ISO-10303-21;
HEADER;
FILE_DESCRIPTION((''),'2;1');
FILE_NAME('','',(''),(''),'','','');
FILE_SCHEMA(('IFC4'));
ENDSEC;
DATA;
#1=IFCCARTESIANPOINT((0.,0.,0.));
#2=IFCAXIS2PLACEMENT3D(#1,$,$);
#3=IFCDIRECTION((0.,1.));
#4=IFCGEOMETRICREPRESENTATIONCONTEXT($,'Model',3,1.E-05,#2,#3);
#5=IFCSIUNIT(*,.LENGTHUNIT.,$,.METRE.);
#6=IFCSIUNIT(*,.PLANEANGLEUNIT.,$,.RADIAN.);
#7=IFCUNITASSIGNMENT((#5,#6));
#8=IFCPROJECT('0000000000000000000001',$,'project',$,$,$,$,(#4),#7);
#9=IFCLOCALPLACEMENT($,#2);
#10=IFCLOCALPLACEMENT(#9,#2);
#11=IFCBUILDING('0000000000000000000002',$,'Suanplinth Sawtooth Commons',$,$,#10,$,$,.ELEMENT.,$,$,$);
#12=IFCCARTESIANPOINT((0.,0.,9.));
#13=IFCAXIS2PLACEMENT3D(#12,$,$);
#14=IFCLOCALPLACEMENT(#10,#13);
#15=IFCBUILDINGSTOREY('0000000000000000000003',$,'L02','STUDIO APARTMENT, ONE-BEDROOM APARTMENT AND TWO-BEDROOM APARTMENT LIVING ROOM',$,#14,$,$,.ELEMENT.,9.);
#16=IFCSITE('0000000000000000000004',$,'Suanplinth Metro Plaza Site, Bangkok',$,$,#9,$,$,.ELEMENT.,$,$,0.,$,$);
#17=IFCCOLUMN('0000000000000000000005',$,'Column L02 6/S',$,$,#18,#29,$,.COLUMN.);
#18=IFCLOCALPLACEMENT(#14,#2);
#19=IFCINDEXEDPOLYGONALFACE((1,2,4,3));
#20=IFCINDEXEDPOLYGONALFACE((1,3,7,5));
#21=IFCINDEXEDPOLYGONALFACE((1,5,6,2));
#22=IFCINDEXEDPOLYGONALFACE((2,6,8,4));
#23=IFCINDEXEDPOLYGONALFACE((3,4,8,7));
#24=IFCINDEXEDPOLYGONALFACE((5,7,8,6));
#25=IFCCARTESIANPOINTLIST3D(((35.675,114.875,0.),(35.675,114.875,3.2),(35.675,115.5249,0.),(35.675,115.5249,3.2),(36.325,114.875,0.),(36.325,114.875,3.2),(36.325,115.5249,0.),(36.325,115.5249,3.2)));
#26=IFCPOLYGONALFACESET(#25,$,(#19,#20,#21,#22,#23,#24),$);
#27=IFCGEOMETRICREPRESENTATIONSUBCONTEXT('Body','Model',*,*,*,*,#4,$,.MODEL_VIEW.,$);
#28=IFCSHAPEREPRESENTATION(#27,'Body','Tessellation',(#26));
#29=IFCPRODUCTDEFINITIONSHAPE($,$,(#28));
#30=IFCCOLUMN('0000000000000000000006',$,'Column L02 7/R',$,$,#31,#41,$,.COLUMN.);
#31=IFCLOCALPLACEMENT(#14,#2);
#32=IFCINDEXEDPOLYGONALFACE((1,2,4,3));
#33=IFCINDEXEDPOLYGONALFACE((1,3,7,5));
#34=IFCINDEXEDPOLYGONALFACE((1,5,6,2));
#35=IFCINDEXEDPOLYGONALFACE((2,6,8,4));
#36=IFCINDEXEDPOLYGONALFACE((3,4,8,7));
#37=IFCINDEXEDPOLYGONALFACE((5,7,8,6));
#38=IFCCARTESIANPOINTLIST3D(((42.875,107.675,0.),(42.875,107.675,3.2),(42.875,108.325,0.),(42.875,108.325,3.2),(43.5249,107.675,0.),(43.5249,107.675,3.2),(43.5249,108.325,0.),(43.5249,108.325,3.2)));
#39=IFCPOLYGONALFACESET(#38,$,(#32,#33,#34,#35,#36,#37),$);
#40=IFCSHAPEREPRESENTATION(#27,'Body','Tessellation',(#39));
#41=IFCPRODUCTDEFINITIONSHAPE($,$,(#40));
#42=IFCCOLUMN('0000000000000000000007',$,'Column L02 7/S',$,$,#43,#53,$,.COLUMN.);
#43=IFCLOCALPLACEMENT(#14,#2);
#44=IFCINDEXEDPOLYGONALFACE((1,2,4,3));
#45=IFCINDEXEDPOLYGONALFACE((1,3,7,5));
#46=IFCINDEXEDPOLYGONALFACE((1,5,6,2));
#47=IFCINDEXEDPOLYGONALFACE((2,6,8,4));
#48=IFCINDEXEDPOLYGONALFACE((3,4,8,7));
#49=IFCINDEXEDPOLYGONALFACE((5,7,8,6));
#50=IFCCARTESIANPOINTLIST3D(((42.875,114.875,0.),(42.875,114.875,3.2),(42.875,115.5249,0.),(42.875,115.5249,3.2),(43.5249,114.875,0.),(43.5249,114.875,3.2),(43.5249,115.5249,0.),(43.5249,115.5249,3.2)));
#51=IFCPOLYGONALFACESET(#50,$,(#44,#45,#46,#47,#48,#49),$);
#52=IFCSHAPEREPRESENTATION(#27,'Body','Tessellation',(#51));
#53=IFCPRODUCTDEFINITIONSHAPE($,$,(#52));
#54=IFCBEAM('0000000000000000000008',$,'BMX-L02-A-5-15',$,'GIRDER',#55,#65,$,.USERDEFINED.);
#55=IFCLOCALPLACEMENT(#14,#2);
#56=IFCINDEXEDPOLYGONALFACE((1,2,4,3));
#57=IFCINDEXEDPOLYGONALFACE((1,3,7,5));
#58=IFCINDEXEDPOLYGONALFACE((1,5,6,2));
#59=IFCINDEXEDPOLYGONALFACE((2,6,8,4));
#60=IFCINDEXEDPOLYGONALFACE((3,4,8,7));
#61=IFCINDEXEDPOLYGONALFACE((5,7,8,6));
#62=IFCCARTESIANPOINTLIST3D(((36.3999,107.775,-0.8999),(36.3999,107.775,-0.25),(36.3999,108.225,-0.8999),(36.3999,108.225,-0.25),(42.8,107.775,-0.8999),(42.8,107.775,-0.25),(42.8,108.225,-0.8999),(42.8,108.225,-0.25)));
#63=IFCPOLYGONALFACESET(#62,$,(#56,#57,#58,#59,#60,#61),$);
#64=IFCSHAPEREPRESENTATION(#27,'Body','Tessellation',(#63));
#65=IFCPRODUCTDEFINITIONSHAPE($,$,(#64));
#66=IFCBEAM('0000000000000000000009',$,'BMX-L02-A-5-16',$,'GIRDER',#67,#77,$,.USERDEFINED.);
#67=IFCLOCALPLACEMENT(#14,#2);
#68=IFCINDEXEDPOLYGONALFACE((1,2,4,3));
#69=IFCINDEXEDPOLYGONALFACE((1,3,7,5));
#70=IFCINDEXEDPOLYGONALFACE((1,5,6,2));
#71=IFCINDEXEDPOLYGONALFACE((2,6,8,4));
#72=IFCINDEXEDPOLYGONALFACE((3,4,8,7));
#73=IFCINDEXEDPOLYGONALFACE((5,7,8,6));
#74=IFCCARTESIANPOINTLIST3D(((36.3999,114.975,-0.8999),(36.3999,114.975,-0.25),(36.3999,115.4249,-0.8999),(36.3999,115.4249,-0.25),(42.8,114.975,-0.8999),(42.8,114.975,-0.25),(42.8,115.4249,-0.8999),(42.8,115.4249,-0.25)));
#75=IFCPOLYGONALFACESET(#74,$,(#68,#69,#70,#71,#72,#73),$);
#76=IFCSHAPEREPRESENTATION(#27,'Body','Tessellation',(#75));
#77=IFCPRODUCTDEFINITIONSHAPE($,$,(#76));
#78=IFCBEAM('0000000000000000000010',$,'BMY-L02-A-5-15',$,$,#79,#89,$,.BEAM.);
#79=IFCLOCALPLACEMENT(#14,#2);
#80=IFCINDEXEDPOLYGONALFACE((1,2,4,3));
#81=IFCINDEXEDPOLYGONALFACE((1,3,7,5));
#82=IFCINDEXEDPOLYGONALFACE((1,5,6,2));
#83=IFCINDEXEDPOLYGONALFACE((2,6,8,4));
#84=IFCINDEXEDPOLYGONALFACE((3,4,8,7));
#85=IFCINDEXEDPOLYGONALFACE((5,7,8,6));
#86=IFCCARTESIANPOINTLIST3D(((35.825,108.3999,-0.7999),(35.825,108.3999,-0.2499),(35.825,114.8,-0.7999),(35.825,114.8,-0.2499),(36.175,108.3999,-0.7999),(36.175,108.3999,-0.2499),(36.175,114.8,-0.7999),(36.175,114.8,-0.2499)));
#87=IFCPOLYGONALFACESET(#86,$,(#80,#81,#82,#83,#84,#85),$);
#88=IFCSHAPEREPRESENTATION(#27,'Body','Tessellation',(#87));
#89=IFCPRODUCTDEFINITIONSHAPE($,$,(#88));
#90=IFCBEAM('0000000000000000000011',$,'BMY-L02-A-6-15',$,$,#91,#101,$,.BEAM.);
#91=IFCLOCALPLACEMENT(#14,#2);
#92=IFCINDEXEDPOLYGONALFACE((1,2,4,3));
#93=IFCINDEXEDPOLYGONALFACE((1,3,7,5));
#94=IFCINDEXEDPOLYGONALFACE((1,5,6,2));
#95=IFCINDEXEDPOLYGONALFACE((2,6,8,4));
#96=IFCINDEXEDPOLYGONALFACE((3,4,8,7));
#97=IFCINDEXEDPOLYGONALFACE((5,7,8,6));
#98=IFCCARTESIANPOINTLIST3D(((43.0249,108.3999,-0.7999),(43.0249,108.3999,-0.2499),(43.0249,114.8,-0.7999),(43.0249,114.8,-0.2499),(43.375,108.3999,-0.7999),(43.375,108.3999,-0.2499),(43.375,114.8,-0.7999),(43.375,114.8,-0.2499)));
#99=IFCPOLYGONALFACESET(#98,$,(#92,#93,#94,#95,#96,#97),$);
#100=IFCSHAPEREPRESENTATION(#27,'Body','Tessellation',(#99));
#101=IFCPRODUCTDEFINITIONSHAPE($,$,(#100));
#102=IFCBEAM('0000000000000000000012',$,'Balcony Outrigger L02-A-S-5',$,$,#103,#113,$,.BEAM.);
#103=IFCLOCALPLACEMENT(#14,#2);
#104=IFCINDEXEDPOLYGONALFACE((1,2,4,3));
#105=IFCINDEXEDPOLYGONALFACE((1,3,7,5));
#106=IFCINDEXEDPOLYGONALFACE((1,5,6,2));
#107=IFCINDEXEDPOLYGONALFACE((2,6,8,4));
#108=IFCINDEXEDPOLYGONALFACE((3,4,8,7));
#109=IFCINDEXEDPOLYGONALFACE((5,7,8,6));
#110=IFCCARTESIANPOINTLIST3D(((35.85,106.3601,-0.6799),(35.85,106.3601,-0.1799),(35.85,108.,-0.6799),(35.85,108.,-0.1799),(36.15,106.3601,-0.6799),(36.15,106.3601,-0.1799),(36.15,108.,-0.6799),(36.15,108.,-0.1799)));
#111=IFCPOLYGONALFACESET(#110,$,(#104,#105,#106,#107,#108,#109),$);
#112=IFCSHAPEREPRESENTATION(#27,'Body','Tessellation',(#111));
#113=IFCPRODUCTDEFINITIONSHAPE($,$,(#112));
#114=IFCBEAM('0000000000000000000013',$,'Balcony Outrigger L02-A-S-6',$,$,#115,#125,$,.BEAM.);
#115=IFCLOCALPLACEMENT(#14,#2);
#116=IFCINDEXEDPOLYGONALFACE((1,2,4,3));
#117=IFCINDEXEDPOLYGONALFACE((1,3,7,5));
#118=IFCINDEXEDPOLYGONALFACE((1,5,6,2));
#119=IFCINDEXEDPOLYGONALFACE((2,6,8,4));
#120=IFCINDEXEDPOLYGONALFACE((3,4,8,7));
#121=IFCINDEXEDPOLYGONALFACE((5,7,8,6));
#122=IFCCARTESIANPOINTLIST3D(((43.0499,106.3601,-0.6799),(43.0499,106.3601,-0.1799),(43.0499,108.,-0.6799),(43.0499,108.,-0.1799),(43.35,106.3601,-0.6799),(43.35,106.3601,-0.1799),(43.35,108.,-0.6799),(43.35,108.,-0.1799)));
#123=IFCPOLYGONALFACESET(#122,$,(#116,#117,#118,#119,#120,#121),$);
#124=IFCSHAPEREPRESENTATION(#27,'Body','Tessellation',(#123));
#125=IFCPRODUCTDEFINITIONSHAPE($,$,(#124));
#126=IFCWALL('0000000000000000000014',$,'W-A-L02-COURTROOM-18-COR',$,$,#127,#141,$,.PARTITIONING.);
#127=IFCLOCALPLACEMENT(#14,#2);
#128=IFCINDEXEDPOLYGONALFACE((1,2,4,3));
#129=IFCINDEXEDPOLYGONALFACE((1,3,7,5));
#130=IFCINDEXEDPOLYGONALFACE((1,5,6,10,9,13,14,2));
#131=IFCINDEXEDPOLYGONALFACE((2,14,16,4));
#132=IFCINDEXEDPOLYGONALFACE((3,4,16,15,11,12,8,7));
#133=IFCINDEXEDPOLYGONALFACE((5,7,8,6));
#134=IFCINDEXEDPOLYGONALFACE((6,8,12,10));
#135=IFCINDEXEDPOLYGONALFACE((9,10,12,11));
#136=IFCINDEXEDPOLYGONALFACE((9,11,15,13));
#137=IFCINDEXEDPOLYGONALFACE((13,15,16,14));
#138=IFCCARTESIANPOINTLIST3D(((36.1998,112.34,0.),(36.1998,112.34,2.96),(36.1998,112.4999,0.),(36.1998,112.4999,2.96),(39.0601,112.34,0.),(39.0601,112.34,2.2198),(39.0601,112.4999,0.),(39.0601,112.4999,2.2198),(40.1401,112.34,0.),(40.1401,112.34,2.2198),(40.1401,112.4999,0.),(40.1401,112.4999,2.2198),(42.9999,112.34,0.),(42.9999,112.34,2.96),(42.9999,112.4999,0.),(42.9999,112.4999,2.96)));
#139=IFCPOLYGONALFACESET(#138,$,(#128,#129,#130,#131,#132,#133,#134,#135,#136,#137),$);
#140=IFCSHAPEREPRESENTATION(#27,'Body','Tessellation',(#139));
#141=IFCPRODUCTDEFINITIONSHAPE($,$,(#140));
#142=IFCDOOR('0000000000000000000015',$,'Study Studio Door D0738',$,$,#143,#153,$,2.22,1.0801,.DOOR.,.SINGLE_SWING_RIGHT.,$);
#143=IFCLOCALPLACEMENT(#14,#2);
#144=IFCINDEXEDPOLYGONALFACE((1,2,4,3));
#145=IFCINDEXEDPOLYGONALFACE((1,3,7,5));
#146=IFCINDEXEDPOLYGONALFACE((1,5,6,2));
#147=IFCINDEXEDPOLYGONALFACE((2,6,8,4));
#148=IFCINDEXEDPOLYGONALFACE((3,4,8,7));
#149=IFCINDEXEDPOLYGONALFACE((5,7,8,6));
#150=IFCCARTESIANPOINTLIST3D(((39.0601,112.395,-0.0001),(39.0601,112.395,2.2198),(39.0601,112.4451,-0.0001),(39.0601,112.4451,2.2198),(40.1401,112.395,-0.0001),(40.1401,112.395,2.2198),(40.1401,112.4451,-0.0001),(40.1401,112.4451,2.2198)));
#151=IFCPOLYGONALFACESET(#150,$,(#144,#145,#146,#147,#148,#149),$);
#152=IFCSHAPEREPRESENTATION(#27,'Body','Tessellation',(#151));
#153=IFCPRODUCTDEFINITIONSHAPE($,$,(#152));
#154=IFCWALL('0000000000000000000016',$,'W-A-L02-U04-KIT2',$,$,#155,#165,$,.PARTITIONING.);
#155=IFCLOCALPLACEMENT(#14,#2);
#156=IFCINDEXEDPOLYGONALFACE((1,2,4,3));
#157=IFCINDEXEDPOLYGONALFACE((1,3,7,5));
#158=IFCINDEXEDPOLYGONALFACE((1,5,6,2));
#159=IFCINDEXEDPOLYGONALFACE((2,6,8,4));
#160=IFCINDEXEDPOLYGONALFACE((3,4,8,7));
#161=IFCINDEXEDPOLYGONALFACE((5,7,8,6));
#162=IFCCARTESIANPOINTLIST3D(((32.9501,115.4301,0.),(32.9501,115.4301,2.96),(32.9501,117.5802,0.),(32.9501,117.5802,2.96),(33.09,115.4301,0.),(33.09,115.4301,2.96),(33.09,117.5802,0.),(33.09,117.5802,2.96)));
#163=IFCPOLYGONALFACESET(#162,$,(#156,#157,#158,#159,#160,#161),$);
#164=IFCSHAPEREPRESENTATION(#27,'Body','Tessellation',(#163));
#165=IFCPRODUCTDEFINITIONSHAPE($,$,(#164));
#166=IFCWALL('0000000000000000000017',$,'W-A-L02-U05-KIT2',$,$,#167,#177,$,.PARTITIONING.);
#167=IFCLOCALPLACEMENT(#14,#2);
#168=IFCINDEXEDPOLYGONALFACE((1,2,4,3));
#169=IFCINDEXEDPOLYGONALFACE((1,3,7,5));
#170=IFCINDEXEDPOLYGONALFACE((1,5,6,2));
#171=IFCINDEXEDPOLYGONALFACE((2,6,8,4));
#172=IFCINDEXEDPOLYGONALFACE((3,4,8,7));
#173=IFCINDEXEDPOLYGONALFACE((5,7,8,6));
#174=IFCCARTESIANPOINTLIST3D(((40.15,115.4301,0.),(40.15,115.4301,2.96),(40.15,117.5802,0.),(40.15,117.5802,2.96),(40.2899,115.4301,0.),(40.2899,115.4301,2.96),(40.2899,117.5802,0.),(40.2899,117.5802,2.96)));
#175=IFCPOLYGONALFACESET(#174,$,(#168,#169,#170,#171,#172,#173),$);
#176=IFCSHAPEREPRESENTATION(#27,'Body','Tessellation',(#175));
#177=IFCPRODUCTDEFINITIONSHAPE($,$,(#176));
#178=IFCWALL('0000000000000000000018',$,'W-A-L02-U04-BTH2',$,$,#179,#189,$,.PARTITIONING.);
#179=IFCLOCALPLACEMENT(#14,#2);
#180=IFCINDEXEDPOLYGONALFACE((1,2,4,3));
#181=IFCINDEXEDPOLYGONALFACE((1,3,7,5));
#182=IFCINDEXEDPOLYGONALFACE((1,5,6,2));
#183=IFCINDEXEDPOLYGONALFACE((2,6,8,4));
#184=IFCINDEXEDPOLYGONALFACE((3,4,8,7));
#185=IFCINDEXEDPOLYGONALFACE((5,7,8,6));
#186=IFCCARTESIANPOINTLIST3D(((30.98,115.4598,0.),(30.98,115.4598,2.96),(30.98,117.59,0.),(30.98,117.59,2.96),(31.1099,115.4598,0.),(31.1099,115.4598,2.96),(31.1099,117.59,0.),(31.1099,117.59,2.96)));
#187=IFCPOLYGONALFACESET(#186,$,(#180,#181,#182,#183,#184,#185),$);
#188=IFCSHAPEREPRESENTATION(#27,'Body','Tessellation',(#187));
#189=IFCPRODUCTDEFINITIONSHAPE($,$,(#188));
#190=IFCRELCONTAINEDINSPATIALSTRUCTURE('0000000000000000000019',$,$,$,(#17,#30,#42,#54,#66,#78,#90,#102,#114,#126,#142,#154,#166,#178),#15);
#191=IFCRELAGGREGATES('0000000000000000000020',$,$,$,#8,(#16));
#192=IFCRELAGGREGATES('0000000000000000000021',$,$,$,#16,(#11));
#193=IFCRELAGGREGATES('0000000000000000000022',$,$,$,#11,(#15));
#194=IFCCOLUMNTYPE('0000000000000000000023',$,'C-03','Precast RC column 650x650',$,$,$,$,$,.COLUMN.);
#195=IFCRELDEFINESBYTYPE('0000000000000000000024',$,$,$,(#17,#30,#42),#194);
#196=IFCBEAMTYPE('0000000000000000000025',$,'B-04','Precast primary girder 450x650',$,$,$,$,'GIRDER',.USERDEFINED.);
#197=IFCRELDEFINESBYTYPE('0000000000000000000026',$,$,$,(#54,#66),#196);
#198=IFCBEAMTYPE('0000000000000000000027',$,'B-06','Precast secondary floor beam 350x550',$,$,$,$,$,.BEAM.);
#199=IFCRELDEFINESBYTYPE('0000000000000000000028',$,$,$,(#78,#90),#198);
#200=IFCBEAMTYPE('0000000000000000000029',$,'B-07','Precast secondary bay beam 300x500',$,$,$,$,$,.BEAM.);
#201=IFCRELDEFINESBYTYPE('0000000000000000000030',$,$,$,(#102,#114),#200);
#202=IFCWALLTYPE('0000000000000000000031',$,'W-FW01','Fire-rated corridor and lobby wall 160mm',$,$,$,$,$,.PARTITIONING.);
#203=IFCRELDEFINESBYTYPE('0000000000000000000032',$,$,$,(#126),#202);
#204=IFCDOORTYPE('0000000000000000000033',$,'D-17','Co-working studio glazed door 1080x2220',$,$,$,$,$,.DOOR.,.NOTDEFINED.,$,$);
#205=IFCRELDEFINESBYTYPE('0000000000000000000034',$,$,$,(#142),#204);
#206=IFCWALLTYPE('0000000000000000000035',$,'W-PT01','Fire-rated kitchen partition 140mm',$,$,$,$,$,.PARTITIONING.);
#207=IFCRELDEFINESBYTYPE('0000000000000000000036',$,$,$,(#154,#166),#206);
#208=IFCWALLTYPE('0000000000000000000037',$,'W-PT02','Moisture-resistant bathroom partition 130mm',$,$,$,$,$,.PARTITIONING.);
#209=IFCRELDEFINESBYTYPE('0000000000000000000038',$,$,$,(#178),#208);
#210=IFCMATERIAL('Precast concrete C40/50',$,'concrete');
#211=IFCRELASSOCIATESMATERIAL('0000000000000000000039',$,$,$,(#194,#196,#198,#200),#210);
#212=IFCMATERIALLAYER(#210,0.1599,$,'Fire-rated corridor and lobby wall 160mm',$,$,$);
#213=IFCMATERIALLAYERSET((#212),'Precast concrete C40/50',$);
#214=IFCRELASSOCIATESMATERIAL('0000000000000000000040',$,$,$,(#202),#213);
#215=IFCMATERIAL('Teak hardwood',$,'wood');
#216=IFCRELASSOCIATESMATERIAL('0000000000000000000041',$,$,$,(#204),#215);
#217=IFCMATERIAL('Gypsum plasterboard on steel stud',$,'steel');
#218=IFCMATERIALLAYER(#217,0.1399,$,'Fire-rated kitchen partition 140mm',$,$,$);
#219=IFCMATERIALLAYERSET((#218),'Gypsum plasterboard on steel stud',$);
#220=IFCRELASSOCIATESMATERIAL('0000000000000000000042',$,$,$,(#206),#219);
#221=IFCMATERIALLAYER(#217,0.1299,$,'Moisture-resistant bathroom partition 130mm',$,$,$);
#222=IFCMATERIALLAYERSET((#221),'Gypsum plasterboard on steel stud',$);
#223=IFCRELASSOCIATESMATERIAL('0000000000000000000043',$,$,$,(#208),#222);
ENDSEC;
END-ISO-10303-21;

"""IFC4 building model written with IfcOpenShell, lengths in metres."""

from ifc_helpers import new_model, si_unit, direction, frame, frame_2d, origin, origin_2d, place, context, subcontext, project, spatial, rectangle, extrude, material, layer, layer_set, material_profile, profile_set, type_object, element, fill, save


model = new_model("IFC4")

# Units and contexts
model_context = context("Model", 3, precision=1e-05, world=origin(), true_north=direction((0.0, 1.0)))
body_context = subcontext(model_context, "Body", "Model", "MODEL_VIEW")
ifc_project = project(units=[si_unit("LENGTHUNIT", "METRE"), si_unit("PLANEANGLEUNIT", "RADIAN")], contexts=[model_context])

# Site, building, storey
site_placement = place(None, origin())
site = spatial("IfcSite", under=ifc_project, at=site_placement, Name="Suanplinth Metro Plaza Site, Bangkok", CompositionType="ELEMENT", RefElevation=0.0)
building_placement = place(site_placement, origin())
building = spatial("IfcBuilding", under=site, at=building_placement, Name="Suanplinth Sawtooth Commons", CompositionType="ELEMENT")
storey_placement = place(building_placement, frame((0.0, 0.0, 9.0)))
storey = spatial("IfcBuildingStorey", under=building, at=storey_placement, Name="L02", Description="STUDIO APARTMENT, ONE-BEDROOM APARTMENT AND TWO-BEDROOM APARTMENT LIVING ROOM", CompositionType="ELEMENT", Elevation=9.0)

# Columns
ifc_material_1 = material(Name="Precast concrete C40/50", Category="concrete")
ifc_material_profile_1 = material_profile(ifc_material_1, rectangle(XDim=0.6499, YDim=0.6499, at=origin_2d()), Name="PC-COL 650x650")
ifc_profile_set_1 = profile_set([ifc_material_profile_1], Name="Precast concrete C40/50")
column_type = type_object("IfcColumnType", Name="C-03", Description="Precast RC column 650x650", PredefinedType="COLUMN", material=ifc_profile_set_1)
for number, where, z_axis, x_axis, name in (
    (1, (36.0, 115.2, 0.0), (0.0, 0.0, 1.0), (1.0, 0.0, 0.0), "Column L02 6/S"),
    (2, (43.2, 108.0, 0.0), (0.0, 0.0, 1.0), (1.0, 0.0, 0.0), "Column L02 7/R"),
    (3, (43.2, 115.2, 0.0), (0.0, 0.0, 1.0), (1.0, 0.0, 0.0), "Column L02 7/S"),
):
    element("IfcColumn", number, at=place(storey_placement, frame(where, z_axis=z_axis, x_axis=x_axis)), inside=storey, type_object=column_type, Name=name, PredefinedType="COLUMN", context=body_context, shape_type="SweptSolid", body=[
        extrude(rectangle(XDim=0.6499, YDim=0.6499, at=origin_2d()), origin(), (0.0, 0.0, 1.0), 3.2),
    ])

# Beams
ifc_material_profile_2 = material_profile(ifc_material_1, rectangle(XDim=0.45, YDim=0.6499, at=origin_2d()), Name="PC-GDR 450x650")
ifc_profile_set_2 = profile_set([ifc_material_profile_2], Name="Precast concrete C40/50")
beam_type_1 = type_object("IfcBeamType", Name="B-04", Description="Precast primary girder 450x650", ElementType="GIRDER", PredefinedType="USERDEFINED", material=ifc_profile_set_2)
for number, where, z_axis, x_axis, name in (
    (4, (36.3999, 108.0, -0.575), (1.0, 0.0, 0.0), (0.0, 1.0, 0.0), "BMX-L02-A-5-15"),
    (5, (36.3999, 115.2, -0.575), (1.0, 0.0, 0.0), (0.0, 1.0, 0.0), "BMX-L02-A-5-16"),
):
    element("IfcBeam", number, at=place(storey_placement, frame(where, z_axis=z_axis, x_axis=x_axis)), inside=storey, type_object=beam_type_1, Name=name, ObjectType="GIRDER", PredefinedType="USERDEFINED", context=body_context, shape_type="SweptSolid", body=[
        extrude(rectangle(XDim=0.45, YDim=0.6499, at=origin_2d()), origin(), (0.0, 0.0, 1.0), 6.4001),
    ])
ifc_material_profile_3 = material_profile(ifc_material_1, rectangle(XDim=0.3501, YDim=0.55, at=origin_2d()), Name="PC-BM 350x550")
ifc_profile_set_3 = profile_set([ifc_material_profile_3], Name="Precast concrete C40/50")
beam_type_2 = type_object("IfcBeamType", Name="B-06", Description="Precast secondary floor beam 350x550", PredefinedType="BEAM", material=ifc_profile_set_3)
for number, where, z_axis, x_axis, name in (
    (6, (36.0, 108.3999, -0.5249), (0.0, 1.0, 0.0), (-1.0, 0.0, 0.0), "BMY-L02-A-5-15"),
    (7, (43.2, 108.3999, -0.5249), (0.0, 1.0, 0.0), (-1.0, 0.0, 0.0), "BMY-L02-A-6-15"),
):
    element("IfcBeam", number, at=place(storey_placement, frame(where, z_axis=z_axis, x_axis=x_axis)), inside=storey, type_object=beam_type_2, Name=name, PredefinedType="BEAM", context=body_context, shape_type="SweptSolid", body=[
        extrude(rectangle(XDim=0.3501, YDim=0.55, at=origin_2d()), origin(), (0.0, 0.0, 1.0), 6.4001),
    ])
ifc_material_profile_4 = material_profile(ifc_material_1, rectangle(XDim=0.3, YDim=0.5, at=origin_2d()), Name="PC-BM 300x500")
ifc_profile_set_4 = profile_set([ifc_material_profile_4], Name="Precast concrete C40/50")
beam_type_3 = type_object("IfcBeamType", Name="B-07", Description="Precast secondary bay beam 300x500", PredefinedType="BEAM", material=ifc_profile_set_4)
for number, where, z_axis, x_axis, name in (
    (8, (36.0, 108.0, -0.4299), (0.0, -1.0, 0.0), (1.0, 0.0, 0.0), "Balcony Outrigger L02-A-S-5"),
    (9, (43.2, 108.0, -0.4299), (0.0, -1.0, 0.0), (1.0, 0.0, 0.0), "Balcony Outrigger L02-A-S-6"),
):
    element("IfcBeam", number, at=place(storey_placement, frame(where, z_axis=z_axis, x_axis=x_axis)), inside=storey, type_object=beam_type_3, Name=name, PredefinedType="BEAM", context=body_context, shape_type="SweptSolid", body=[
        extrude(rectangle(XDim=0.3, YDim=0.5, at=origin_2d()), origin(), (0.0, 0.0, 1.0), 1.6399),
    ])

# Wall, opening, door
ifc_layer_1 = layer(ifc_material_1, 0.1599, Name="Fire-rated corridor and lobby wall 160mm")
ifc_layer_set_1 = layer_set([ifc_layer_1], Name="Precast concrete C40/50")
wall_type_1 = type_object("IfcWallType", Name="W-FW01", Description="Fire-rated corridor and lobby wall 160mm", PredefinedType="PARTITIONING", material=ifc_layer_set_1)
wall_1_placement = place(storey_placement, frame((36.2, 112.4199, 0.0), z_axis=(0.0, 0.0, 1.0), x_axis=(1.0, 0.0, 0.0)))
wall_1 = element("IfcWall", 10, at=wall_1_placement, inside=storey, type_object=wall_type_1, Name="W-A-L02-COURTROOM-18-COR", PredefinedType="PARTITIONING", context=body_context, shape_type="SweptSolid", body=[
    extrude(rectangle(XDim=6.8, YDim=0.1599, at=frame_2d((3.3999, 0.0))), origin(), (0.0, 0.0, 1.0), 2.96),
])
opening_1_placement = place(wall_1_placement, frame((2.8601, 0.0, 0.0)))
opening_1 = element("IfcOpeningElement", 11, at=opening_1_placement, cuts=wall_1, PredefinedType="OPENING", context=body_context, shape_type="SweptSolid", body=[
    extrude(rectangle(XDim=1.0801, YDim=2.22, at=frame_2d((0.54, 1.1099))), frame((0.0, 0.0947, 0.0), z_axis=(0.0, -1.0, 0.0), x_axis=(1.0, 0.0, 0.0)), (0.0, 0.0, 1.0), 0.1897),
])
ifc_material_2 = material(Name="Teak hardwood", Category="wood")
door_type_1 = type_object("IfcDoorType", Name="D-17", Description="Co-working studio glazed door 1080x2220", OperationType="NOTDEFINED", PredefinedType="DOOR", material=ifc_material_2)
door_1_placement = place(opening_1_placement, frame((1.0801, 0.0, 0.0), z_axis=(0.0, 0.0, 1.0), x_axis=(-1.0, 0.0, 0.0)))
door_1 = element("IfcDoor", 12, at=door_1_placement, inside=storey, type_object=door_type_1, Name="Study Studio Door D0738", OperationType="SINGLE_SWING_RIGHT", OverallHeight=2.22, OverallWidth=1.0801, PredefinedType="DOOR", context=body_context, shape_type="SweptSolid", body=[
    extrude(rectangle(XDim=1.0801, YDim=2.22, at=frame_2d((0.54, 1.1099))), frame((0.0, 0.0249, 0.0), z_axis=(0.0, -1.0, 0.0), x_axis=(1.0, 0.0, 0.0)), (0.0, 0.0, 1.0), 0.05),
])
fill(opening_1, door_1)

# Walls
ifc_material_3 = material(Name="Gypsum plasterboard on steel stud", Category="steel")
ifc_layer_2 = layer(ifc_material_3, 0.1399, Name="Fire-rated kitchen partition 140mm")
ifc_layer_set_2 = layer_set([ifc_layer_2], Name="Gypsum plasterboard on steel stud")
wall_type_2 = type_object("IfcWallType", Name="W-PT01", Description="Fire-rated kitchen partition 140mm", PredefinedType="PARTITIONING", material=ifc_layer_set_2)
for number, where, z_axis, x_axis, name in (
    (13, (33.02, 115.4299, 0.0), (0.0, 0.0, 1.0), (0.0, 1.0, 0.0), "W-A-L02-U04-KIT2"),
    (14, (40.22, 115.4299, 0.0), (0.0, 0.0, 1.0), (0.0, 1.0, 0.0), "W-A-L02-U05-KIT2"),
):
    element("IfcWall", number, at=place(storey_placement, frame(where, z_axis=z_axis, x_axis=x_axis)), inside=storey, type_object=wall_type_2, Name=name, PredefinedType="PARTITIONING", context=body_context, shape_type="SweptSolid", body=[
        extrude(rectangle(XDim=2.1501, YDim=0.1399, at=frame_2d((1.0752, 0.0))), origin(), (0.0, 0.0, 1.0), 2.96),
    ])
ifc_layer_3 = layer(ifc_material_3, 0.1299, Name="Moisture-resistant bathroom partition 130mm")
ifc_layer_set_3 = layer_set([ifc_layer_3], Name="Gypsum plasterboard on steel stud")
wall_type_3 = type_object("IfcWallType", Name="W-PT02", Description="Moisture-resistant bathroom partition 130mm", PredefinedType="PARTITIONING", material=ifc_layer_set_3)
for number, where, z_axis, x_axis, name in (
    (15, (31.0449, 115.46, 0.0), (0.0, 0.0, 1.0), (0.0, 1.0, 0.0), "W-A-L02-U04-BTH2"),
):
    element("IfcWall", number, at=place(storey_placement, frame(where, z_axis=z_axis, x_axis=x_axis)), inside=storey, type_object=wall_type_3, Name=name, PredefinedType="PARTITIONING", context=body_context, shape_type="SweptSolid", body=[
        extrude(rectangle(XDim=2.1301, YDim=0.1299, at=frame_2d((1.0649, 0.0))), origin(), (0.0, 0.0, 1.0), 2.96),
    ])

save(model, "model.ifc")
